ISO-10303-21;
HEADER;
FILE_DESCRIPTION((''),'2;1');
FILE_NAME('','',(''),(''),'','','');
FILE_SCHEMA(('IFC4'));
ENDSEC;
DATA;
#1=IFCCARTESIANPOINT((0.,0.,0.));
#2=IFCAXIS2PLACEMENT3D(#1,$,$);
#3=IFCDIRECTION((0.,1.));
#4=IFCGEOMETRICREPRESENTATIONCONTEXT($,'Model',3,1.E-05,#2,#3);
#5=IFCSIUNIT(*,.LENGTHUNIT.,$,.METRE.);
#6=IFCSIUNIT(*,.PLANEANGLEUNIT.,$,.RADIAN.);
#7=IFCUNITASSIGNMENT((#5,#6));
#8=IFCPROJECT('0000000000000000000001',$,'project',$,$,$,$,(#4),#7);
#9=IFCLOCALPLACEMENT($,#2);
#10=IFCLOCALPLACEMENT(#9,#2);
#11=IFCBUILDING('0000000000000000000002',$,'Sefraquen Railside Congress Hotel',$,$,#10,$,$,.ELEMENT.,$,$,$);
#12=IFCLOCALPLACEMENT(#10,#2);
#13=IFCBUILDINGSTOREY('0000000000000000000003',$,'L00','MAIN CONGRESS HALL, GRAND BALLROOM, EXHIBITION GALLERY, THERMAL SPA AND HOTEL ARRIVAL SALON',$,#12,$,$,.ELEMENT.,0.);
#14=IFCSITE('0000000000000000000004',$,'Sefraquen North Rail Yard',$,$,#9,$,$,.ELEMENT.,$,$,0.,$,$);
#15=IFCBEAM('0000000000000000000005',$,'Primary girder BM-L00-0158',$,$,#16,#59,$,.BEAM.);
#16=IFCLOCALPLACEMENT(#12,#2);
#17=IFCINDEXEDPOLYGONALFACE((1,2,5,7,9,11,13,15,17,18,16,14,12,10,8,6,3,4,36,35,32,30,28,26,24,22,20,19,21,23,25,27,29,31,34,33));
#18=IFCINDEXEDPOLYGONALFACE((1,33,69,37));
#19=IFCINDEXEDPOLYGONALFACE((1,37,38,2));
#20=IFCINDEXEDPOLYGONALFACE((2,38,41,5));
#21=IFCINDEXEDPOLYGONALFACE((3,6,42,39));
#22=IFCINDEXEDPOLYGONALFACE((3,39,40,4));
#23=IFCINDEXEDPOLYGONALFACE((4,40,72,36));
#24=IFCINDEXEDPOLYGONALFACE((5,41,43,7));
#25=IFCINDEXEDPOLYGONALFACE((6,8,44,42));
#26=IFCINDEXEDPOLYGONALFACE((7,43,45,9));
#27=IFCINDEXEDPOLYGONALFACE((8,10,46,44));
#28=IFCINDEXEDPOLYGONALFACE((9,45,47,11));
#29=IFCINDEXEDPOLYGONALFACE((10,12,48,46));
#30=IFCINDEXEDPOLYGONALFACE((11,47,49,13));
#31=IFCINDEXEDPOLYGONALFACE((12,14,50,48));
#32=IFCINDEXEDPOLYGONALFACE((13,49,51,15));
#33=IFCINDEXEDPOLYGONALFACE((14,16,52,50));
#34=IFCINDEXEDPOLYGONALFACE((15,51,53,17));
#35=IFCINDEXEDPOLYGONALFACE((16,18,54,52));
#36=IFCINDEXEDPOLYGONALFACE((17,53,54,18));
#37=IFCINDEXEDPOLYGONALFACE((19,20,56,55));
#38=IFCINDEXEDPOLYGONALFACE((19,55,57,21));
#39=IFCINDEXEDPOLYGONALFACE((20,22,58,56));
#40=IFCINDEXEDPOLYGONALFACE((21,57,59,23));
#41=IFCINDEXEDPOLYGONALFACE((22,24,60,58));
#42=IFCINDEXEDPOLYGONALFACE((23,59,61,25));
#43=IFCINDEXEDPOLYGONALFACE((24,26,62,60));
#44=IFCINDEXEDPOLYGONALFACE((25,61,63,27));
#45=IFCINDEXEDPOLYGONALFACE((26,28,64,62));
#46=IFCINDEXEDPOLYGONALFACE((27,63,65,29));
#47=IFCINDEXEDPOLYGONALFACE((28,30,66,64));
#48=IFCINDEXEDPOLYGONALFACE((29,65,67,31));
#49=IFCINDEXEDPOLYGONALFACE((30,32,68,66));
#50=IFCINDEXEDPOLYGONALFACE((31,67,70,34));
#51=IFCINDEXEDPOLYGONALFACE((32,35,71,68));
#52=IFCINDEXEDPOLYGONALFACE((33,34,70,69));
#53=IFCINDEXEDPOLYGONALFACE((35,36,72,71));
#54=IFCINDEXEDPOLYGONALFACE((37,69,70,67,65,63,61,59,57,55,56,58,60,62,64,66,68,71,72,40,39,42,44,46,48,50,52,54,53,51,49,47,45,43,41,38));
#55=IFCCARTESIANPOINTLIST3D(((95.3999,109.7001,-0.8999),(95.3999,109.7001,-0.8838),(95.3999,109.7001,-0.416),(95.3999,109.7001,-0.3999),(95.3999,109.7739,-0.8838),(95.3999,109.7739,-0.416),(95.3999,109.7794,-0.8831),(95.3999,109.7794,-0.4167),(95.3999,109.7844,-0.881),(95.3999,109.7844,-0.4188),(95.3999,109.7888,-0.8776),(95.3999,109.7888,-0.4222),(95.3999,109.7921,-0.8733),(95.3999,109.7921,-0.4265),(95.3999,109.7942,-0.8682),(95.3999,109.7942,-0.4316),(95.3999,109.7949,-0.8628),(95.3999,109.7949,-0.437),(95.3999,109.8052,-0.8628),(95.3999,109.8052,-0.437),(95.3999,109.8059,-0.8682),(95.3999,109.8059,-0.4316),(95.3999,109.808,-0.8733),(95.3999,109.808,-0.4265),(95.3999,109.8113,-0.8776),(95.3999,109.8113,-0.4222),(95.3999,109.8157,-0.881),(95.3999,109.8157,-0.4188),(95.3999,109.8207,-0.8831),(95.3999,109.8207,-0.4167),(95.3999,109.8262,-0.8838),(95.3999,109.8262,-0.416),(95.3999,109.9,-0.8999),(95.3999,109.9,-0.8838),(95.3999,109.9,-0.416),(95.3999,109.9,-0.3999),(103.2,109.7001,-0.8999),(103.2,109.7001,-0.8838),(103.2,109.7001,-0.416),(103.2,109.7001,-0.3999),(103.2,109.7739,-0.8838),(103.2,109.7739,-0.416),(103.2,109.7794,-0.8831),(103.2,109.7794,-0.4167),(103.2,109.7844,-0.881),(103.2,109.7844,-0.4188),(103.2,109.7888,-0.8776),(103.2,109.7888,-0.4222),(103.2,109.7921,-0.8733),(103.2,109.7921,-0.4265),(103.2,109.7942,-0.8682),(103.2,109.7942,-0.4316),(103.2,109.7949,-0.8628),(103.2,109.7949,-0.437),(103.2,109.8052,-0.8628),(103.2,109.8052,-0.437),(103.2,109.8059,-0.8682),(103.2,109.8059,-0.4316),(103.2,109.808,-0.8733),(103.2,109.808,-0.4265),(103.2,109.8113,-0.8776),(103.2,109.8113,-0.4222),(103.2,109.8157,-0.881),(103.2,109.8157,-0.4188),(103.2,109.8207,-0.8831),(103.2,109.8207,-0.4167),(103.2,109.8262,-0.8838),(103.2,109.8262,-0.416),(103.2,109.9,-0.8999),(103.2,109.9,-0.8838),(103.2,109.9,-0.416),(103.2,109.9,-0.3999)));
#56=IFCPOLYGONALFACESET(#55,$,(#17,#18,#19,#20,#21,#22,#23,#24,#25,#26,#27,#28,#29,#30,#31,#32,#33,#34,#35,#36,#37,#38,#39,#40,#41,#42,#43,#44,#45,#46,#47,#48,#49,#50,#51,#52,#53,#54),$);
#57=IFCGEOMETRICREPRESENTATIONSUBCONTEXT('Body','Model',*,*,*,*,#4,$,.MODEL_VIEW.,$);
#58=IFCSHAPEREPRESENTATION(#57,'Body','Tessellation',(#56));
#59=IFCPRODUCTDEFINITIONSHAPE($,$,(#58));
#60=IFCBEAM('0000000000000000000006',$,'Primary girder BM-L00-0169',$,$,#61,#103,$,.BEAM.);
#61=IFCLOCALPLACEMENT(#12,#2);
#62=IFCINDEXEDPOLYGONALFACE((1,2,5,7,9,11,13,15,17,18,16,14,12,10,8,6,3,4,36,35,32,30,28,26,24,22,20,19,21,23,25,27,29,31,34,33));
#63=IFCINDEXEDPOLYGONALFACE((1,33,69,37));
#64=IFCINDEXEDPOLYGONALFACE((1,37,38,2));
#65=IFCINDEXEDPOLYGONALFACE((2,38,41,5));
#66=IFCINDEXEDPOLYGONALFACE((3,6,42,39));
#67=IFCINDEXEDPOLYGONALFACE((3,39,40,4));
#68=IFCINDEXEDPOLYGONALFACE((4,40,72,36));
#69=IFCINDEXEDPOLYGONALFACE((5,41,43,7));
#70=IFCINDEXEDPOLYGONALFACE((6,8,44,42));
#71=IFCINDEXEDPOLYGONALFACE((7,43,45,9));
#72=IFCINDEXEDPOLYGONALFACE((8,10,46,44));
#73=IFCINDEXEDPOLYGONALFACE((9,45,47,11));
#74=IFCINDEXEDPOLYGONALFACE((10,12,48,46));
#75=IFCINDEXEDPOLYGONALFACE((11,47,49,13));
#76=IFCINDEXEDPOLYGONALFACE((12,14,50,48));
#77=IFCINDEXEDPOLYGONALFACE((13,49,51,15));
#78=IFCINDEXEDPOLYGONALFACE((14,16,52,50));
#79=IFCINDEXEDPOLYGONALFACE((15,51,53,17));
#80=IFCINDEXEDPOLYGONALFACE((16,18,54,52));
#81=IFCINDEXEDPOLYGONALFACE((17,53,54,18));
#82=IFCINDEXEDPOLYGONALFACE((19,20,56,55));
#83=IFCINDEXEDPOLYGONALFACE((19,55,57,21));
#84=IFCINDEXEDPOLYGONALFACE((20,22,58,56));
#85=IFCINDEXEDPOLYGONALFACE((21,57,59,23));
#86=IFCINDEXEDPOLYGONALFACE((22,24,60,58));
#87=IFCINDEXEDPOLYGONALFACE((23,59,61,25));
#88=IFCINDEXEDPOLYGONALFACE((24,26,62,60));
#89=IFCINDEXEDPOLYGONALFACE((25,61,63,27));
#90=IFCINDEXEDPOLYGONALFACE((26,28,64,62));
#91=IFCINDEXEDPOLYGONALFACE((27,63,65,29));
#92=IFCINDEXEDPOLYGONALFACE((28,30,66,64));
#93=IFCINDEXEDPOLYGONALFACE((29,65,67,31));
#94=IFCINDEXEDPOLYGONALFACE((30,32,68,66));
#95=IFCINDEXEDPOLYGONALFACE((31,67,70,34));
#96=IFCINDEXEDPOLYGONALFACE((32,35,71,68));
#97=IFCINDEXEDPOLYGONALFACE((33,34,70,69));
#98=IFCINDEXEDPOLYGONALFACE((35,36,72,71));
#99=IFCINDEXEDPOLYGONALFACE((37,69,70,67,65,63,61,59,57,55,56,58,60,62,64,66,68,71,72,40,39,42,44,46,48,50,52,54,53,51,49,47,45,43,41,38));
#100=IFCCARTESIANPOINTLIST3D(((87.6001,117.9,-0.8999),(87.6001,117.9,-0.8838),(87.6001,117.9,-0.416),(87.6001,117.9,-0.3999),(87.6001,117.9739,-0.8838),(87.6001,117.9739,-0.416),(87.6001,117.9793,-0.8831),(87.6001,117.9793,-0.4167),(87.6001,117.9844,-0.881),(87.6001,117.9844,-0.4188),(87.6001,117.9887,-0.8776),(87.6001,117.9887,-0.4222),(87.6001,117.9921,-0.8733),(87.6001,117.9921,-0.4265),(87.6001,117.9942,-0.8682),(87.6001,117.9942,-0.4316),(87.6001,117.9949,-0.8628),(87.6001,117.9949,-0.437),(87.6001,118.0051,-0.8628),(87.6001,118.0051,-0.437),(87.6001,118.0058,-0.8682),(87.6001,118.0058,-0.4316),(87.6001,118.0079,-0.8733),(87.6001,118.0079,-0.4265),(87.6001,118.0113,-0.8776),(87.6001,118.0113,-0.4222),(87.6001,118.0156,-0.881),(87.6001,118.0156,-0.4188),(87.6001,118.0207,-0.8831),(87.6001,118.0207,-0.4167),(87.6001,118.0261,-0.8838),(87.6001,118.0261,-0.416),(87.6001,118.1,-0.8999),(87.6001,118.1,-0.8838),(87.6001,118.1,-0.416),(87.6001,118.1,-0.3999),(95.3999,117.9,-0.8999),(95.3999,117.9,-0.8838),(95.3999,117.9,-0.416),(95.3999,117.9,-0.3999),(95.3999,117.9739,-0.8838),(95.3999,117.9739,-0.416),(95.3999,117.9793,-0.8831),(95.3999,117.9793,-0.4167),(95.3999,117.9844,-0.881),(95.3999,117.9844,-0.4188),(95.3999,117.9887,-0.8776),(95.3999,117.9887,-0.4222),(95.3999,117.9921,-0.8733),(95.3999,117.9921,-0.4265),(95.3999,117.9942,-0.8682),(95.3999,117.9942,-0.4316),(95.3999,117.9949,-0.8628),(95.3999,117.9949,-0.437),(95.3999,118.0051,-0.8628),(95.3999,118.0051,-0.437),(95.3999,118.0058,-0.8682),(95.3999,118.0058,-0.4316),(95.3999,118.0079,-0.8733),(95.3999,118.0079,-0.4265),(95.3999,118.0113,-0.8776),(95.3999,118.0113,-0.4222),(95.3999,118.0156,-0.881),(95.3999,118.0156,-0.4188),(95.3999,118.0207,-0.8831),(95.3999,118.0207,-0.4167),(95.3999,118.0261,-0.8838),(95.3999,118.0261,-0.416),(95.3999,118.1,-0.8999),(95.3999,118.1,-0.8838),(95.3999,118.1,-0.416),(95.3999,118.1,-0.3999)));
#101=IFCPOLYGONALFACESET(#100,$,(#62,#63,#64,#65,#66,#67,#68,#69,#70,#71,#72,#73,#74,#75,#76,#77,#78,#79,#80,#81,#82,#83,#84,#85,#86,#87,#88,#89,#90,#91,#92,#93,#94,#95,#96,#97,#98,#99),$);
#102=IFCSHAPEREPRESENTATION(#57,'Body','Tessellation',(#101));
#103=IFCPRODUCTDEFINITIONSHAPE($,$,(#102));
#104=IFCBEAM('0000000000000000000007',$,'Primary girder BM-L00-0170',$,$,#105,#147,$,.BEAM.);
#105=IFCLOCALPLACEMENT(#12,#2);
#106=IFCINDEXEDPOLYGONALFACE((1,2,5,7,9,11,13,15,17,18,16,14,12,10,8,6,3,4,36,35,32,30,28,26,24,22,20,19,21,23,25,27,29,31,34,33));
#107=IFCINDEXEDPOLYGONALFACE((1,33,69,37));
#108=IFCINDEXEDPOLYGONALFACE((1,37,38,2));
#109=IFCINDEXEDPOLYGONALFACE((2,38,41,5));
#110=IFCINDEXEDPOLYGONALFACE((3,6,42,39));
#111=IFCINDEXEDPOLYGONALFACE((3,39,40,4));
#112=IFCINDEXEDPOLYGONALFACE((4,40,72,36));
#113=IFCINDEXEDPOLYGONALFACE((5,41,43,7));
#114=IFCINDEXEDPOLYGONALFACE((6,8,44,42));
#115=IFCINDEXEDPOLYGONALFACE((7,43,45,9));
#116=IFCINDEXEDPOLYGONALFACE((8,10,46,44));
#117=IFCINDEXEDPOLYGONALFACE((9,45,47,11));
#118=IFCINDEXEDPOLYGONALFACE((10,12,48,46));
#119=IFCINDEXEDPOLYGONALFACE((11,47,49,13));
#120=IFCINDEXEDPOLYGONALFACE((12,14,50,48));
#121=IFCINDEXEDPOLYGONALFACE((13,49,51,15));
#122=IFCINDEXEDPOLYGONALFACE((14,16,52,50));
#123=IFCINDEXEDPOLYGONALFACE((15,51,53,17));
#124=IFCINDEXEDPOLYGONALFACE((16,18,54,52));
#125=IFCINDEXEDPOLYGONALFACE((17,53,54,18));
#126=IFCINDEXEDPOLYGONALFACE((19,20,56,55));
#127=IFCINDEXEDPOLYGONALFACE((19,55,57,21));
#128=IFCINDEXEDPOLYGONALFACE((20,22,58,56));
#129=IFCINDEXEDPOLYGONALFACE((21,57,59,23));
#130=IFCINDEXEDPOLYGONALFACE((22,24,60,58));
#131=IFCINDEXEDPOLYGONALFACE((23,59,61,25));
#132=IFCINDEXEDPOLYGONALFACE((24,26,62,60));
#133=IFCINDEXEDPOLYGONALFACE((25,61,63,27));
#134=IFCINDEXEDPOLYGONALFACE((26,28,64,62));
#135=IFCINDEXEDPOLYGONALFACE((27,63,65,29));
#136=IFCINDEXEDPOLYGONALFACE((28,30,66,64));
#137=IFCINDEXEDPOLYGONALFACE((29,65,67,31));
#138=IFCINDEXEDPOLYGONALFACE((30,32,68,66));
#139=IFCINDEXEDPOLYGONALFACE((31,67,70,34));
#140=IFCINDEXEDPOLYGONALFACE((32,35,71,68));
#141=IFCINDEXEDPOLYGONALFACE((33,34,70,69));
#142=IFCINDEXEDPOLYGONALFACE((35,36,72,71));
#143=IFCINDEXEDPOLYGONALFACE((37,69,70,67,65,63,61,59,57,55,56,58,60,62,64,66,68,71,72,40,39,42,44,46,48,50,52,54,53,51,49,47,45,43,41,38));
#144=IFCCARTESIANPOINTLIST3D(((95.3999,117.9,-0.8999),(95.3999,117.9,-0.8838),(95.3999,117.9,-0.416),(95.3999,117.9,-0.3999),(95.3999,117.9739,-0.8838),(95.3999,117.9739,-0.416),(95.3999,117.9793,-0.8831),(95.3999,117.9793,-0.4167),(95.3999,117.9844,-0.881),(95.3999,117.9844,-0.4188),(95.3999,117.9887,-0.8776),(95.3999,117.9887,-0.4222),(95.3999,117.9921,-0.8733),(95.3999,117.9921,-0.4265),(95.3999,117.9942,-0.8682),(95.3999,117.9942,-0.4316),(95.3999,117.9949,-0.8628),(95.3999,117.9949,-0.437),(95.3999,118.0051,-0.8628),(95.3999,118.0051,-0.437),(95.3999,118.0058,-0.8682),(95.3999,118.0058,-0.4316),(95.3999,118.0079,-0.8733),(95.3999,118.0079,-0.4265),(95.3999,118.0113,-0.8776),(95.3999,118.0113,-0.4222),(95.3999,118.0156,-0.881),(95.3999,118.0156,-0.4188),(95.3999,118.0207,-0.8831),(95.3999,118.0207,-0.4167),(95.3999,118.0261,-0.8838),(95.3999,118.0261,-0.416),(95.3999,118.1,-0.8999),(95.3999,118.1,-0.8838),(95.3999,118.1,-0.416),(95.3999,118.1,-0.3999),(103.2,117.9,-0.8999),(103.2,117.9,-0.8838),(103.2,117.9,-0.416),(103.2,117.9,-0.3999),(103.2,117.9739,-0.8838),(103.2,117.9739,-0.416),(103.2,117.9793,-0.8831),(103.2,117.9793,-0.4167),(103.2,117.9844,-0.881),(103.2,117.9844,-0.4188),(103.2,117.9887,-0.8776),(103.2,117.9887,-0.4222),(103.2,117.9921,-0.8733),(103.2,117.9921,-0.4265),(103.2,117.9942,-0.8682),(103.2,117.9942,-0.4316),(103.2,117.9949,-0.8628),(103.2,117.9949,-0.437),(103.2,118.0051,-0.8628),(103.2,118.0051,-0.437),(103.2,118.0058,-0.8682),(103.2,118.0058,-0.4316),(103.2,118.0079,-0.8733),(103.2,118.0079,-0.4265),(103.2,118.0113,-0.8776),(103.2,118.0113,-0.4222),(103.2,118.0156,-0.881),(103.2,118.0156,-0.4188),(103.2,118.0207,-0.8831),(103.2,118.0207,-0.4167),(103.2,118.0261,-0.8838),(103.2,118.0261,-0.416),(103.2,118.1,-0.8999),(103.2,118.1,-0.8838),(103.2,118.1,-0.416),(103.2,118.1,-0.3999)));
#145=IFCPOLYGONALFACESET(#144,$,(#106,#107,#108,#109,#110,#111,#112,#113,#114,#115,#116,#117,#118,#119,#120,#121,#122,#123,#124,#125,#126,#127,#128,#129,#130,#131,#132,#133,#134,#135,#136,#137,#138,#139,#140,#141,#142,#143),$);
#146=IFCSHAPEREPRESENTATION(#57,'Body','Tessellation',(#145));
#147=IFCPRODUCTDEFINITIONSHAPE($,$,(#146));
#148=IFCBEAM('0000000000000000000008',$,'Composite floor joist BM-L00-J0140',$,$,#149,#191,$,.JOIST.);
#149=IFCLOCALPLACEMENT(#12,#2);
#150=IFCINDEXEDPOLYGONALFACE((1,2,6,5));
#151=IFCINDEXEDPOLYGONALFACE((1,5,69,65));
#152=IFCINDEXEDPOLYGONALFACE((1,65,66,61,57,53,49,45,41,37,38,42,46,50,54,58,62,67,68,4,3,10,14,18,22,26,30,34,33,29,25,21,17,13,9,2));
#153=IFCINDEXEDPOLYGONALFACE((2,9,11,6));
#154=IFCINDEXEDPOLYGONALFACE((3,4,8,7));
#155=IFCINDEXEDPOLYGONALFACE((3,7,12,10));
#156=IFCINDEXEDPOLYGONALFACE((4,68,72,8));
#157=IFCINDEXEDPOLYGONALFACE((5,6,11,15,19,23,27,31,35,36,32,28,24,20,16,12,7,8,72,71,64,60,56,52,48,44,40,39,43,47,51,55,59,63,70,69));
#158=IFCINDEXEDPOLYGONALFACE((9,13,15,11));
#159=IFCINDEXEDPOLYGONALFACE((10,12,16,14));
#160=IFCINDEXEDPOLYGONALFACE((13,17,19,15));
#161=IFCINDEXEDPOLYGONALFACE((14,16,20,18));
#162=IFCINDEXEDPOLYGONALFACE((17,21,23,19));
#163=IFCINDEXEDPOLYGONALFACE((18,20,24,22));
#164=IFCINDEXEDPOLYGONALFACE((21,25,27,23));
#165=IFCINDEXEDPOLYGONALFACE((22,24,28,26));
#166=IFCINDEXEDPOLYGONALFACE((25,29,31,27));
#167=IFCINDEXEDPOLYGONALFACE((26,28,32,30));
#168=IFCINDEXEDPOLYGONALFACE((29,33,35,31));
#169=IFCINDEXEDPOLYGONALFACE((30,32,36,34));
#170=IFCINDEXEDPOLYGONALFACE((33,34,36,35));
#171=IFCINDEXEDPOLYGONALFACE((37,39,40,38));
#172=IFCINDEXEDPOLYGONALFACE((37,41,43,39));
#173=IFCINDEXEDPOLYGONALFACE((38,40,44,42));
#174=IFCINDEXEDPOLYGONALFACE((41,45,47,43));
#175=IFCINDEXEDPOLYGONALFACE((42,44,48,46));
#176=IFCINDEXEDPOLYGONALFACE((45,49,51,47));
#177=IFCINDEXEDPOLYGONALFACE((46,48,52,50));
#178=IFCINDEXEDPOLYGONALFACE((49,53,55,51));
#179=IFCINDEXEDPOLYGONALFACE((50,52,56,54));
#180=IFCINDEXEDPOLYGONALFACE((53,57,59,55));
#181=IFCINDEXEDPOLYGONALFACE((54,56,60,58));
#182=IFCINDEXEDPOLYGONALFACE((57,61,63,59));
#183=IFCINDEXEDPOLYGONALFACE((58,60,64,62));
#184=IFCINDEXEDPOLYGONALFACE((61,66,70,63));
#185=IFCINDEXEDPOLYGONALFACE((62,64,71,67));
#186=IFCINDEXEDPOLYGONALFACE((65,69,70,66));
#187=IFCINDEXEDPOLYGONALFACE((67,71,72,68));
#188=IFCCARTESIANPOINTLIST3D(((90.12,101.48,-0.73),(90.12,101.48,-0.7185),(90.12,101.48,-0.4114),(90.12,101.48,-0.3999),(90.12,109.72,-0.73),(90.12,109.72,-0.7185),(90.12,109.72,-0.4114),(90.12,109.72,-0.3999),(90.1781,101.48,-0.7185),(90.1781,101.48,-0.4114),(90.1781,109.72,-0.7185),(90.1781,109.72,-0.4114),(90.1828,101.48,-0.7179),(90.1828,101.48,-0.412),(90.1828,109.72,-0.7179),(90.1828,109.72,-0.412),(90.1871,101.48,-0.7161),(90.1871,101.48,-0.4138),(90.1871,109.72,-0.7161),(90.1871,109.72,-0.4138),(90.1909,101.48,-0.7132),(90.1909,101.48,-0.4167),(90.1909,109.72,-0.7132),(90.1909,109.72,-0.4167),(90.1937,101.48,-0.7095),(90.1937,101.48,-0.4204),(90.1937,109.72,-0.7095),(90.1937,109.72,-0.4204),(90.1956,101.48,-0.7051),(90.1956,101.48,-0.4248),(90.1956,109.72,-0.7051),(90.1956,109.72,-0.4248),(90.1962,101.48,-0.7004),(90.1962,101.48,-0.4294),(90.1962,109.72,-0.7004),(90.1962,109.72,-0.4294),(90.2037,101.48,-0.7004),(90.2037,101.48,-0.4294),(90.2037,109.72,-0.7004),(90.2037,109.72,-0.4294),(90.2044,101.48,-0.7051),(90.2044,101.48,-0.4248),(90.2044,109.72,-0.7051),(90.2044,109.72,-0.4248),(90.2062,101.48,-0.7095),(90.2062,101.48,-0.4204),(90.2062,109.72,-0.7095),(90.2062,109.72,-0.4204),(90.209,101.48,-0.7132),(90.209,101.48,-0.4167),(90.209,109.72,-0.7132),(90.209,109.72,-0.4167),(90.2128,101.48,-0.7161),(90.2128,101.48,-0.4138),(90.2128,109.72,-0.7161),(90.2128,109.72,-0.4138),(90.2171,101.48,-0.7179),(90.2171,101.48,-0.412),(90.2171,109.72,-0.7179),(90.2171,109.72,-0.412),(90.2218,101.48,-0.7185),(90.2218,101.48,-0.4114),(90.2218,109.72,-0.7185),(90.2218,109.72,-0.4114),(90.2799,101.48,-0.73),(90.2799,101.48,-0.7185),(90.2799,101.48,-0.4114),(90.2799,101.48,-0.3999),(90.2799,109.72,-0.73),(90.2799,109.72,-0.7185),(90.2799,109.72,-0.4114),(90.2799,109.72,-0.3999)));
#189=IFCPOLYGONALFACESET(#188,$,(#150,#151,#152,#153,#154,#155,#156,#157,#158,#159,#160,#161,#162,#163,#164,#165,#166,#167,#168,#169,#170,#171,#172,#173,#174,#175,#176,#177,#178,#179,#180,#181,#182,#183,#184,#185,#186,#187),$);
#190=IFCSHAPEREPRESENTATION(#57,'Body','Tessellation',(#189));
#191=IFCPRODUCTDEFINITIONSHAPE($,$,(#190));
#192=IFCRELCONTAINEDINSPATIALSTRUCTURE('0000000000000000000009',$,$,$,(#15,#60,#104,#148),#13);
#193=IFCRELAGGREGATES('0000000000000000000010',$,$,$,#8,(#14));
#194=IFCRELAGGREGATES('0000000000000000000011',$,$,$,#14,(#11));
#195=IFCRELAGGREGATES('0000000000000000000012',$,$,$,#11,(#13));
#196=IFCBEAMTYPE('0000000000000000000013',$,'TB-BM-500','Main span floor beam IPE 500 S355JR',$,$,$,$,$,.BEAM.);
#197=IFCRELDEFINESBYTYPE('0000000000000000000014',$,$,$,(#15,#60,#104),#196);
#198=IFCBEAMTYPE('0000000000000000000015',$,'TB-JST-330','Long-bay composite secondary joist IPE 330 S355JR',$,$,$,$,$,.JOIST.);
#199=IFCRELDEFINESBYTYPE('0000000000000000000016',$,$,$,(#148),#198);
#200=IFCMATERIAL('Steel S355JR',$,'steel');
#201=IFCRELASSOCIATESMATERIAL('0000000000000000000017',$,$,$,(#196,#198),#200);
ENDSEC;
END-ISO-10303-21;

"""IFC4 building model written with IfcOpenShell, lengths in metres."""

from ifc_helpers import new_model, si_unit, direction, frame, origin, origin_2d, place, context, subcontext, project, spatial, i_section, extrude, material, material_profile, profile_set, type_object, element, save


model = new_model("IFC4")

# Units and contexts
model_context = context("Model", 3, precision=1e-05, world=origin(), true_north=direction((0.0, 1.0)))
body_context = subcontext(model_context, "Body", "Model", "MODEL_VIEW")
ifc_project = project(units=[si_unit("LENGTHUNIT", "METRE"), si_unit("PLANEANGLEUNIT", "RADIAN")], contexts=[model_context])

# Site, building, storey
site_placement = place(None, origin())
site = spatial("IfcSite", under=ifc_project, at=site_placement, Name="Sefraquen North Rail Yard", CompositionType="ELEMENT", RefElevation=0.0)
building_placement = place(site_placement, origin())
building = spatial("IfcBuilding", under=site, at=building_placement, Name="Sefraquen Railside Congress Hotel", CompositionType="ELEMENT")
storey_placement = place(building_placement, origin())
storey = spatial("IfcBuildingStorey", under=building, at=storey_placement, Name="L00", Description="MAIN CONGRESS HALL, GRAND BALLROOM, EXHIBITION GALLERY, THERMAL SPA AND HOTEL ARRIVAL SALON", CompositionType="ELEMENT", Elevation=0.0)

# Shared definitions
ifc_material_1 = material(Name="Steel S355JR", Category="steel")

# Beams
ifc_material_profile_1 = material_profile(ifc_material_1, i_section(OverallWidth=0.2, OverallDepth=0.5, WebThickness=0.0103, FlangeThickness=0.0161, FilletRadius=0.021, at=origin_2d()), Name="IPE 500")
ifc_profile_set_1 = profile_set([ifc_material_profile_1], Name="Steel S355JR")
beam_type_1 = type_object("IfcBeamType", Name="TB-BM-500", Description="Main span floor beam IPE 500 S355JR", PredefinedType="BEAM", material=ifc_profile_set_1)
beam_1_placement = place(storey_placement, frame((95.3999, 109.8, -0.6499), z_axis=(1.0, 0.0, 0.0), x_axis=(0.0, 1.0, 0.0)))
element("IfcBeam", 1, at=beam_1_placement, inside=storey, type_object=beam_type_1, Name="Primary girder BM-L00-0158", PredefinedType="BEAM", context=body_context, shape_type="SweptSolid", body=[
    extrude(i_section(OverallWidth=0.2, OverallDepth=0.5, WebThickness=0.0103, FlangeThickness=0.0161, FilletRadius=0.021, at=origin_2d()), origin(), (0.0, 0.0, 1.0), 7.8),
])
beam_2_placement = place(storey_placement, frame((87.6001, 118.0, -0.6499), z_axis=(1.0, 0.0, 0.0), x_axis=(0.0, 1.0, 0.0)))
element("IfcBeam", 2, at=beam_2_placement, inside=storey, type_object=beam_type_1, Name="Primary girder BM-L00-0169", PredefinedType="BEAM", context=body_context, shape_type="SweptSolid", body=[
    extrude(i_section(OverallWidth=0.2, OverallDepth=0.5, WebThickness=0.0103, FlangeThickness=0.0161, FilletRadius=0.021, at=origin_2d()), origin(), (0.0, 0.0, 1.0), 7.7998),
])
beam_3_placement = place(storey_placement, frame((95.3999, 118.0, -0.6499), z_axis=(1.0, 0.0, 0.0), x_axis=(0.0, 1.0, 0.0)))
element("IfcBeam", 3, at=beam_3_placement, inside=storey, type_object=beam_type_1, Name="Primary girder BM-L00-0170", PredefinedType="BEAM", context=body_context, shape_type="SweptSolid", body=[
    extrude(i_section(OverallWidth=0.2, OverallDepth=0.5, WebThickness=0.0103, FlangeThickness=0.0161, FilletRadius=0.021, at=origin_2d()), origin(), (0.0, 0.0, 1.0), 7.8),
])
ifc_material_profile_2 = material_profile(ifc_material_1, i_section(OverallWidth=0.1599, OverallDepth=0.3301, WebThickness=0.0076, FlangeThickness=0.0115, FilletRadius=0.0181, at=origin_2d()), Name="IPE 330")
ifc_profile_set_2 = profile_set([ifc_material_profile_2], Name="Steel S355JR")
beam_type_2 = type_object("IfcBeamType", Name="TB-JST-330", Description="Long-bay composite secondary joist IPE 330 S355JR", PredefinedType="JOIST", material=ifc_profile_set_2)
for number, where, z_axis, x_axis, name in (
    (4, (90.2, 101.48, -0.5649), (0.0, 1.0, 0.0), (-1.0, 0.0, 0.0), "Composite floor joist BM-L00-J0140"),
):
    element("IfcBeam", number, at=place(storey_placement, frame(where, z_axis=z_axis, x_axis=x_axis)), inside=storey, type_object=beam_type_2, Name=name, PredefinedType="JOIST", context=body_context, shape_type="SweptSolid", body=[
        extrude(i_section(OverallWidth=0.1599, OverallDepth=0.3301, WebThickness=0.0076, FlangeThickness=0.0115, FilletRadius=0.0181, at=origin_2d()), origin(), (0.0, 0.0, 1.0), 8.24),
    ])

save(model, "model.ifc")
